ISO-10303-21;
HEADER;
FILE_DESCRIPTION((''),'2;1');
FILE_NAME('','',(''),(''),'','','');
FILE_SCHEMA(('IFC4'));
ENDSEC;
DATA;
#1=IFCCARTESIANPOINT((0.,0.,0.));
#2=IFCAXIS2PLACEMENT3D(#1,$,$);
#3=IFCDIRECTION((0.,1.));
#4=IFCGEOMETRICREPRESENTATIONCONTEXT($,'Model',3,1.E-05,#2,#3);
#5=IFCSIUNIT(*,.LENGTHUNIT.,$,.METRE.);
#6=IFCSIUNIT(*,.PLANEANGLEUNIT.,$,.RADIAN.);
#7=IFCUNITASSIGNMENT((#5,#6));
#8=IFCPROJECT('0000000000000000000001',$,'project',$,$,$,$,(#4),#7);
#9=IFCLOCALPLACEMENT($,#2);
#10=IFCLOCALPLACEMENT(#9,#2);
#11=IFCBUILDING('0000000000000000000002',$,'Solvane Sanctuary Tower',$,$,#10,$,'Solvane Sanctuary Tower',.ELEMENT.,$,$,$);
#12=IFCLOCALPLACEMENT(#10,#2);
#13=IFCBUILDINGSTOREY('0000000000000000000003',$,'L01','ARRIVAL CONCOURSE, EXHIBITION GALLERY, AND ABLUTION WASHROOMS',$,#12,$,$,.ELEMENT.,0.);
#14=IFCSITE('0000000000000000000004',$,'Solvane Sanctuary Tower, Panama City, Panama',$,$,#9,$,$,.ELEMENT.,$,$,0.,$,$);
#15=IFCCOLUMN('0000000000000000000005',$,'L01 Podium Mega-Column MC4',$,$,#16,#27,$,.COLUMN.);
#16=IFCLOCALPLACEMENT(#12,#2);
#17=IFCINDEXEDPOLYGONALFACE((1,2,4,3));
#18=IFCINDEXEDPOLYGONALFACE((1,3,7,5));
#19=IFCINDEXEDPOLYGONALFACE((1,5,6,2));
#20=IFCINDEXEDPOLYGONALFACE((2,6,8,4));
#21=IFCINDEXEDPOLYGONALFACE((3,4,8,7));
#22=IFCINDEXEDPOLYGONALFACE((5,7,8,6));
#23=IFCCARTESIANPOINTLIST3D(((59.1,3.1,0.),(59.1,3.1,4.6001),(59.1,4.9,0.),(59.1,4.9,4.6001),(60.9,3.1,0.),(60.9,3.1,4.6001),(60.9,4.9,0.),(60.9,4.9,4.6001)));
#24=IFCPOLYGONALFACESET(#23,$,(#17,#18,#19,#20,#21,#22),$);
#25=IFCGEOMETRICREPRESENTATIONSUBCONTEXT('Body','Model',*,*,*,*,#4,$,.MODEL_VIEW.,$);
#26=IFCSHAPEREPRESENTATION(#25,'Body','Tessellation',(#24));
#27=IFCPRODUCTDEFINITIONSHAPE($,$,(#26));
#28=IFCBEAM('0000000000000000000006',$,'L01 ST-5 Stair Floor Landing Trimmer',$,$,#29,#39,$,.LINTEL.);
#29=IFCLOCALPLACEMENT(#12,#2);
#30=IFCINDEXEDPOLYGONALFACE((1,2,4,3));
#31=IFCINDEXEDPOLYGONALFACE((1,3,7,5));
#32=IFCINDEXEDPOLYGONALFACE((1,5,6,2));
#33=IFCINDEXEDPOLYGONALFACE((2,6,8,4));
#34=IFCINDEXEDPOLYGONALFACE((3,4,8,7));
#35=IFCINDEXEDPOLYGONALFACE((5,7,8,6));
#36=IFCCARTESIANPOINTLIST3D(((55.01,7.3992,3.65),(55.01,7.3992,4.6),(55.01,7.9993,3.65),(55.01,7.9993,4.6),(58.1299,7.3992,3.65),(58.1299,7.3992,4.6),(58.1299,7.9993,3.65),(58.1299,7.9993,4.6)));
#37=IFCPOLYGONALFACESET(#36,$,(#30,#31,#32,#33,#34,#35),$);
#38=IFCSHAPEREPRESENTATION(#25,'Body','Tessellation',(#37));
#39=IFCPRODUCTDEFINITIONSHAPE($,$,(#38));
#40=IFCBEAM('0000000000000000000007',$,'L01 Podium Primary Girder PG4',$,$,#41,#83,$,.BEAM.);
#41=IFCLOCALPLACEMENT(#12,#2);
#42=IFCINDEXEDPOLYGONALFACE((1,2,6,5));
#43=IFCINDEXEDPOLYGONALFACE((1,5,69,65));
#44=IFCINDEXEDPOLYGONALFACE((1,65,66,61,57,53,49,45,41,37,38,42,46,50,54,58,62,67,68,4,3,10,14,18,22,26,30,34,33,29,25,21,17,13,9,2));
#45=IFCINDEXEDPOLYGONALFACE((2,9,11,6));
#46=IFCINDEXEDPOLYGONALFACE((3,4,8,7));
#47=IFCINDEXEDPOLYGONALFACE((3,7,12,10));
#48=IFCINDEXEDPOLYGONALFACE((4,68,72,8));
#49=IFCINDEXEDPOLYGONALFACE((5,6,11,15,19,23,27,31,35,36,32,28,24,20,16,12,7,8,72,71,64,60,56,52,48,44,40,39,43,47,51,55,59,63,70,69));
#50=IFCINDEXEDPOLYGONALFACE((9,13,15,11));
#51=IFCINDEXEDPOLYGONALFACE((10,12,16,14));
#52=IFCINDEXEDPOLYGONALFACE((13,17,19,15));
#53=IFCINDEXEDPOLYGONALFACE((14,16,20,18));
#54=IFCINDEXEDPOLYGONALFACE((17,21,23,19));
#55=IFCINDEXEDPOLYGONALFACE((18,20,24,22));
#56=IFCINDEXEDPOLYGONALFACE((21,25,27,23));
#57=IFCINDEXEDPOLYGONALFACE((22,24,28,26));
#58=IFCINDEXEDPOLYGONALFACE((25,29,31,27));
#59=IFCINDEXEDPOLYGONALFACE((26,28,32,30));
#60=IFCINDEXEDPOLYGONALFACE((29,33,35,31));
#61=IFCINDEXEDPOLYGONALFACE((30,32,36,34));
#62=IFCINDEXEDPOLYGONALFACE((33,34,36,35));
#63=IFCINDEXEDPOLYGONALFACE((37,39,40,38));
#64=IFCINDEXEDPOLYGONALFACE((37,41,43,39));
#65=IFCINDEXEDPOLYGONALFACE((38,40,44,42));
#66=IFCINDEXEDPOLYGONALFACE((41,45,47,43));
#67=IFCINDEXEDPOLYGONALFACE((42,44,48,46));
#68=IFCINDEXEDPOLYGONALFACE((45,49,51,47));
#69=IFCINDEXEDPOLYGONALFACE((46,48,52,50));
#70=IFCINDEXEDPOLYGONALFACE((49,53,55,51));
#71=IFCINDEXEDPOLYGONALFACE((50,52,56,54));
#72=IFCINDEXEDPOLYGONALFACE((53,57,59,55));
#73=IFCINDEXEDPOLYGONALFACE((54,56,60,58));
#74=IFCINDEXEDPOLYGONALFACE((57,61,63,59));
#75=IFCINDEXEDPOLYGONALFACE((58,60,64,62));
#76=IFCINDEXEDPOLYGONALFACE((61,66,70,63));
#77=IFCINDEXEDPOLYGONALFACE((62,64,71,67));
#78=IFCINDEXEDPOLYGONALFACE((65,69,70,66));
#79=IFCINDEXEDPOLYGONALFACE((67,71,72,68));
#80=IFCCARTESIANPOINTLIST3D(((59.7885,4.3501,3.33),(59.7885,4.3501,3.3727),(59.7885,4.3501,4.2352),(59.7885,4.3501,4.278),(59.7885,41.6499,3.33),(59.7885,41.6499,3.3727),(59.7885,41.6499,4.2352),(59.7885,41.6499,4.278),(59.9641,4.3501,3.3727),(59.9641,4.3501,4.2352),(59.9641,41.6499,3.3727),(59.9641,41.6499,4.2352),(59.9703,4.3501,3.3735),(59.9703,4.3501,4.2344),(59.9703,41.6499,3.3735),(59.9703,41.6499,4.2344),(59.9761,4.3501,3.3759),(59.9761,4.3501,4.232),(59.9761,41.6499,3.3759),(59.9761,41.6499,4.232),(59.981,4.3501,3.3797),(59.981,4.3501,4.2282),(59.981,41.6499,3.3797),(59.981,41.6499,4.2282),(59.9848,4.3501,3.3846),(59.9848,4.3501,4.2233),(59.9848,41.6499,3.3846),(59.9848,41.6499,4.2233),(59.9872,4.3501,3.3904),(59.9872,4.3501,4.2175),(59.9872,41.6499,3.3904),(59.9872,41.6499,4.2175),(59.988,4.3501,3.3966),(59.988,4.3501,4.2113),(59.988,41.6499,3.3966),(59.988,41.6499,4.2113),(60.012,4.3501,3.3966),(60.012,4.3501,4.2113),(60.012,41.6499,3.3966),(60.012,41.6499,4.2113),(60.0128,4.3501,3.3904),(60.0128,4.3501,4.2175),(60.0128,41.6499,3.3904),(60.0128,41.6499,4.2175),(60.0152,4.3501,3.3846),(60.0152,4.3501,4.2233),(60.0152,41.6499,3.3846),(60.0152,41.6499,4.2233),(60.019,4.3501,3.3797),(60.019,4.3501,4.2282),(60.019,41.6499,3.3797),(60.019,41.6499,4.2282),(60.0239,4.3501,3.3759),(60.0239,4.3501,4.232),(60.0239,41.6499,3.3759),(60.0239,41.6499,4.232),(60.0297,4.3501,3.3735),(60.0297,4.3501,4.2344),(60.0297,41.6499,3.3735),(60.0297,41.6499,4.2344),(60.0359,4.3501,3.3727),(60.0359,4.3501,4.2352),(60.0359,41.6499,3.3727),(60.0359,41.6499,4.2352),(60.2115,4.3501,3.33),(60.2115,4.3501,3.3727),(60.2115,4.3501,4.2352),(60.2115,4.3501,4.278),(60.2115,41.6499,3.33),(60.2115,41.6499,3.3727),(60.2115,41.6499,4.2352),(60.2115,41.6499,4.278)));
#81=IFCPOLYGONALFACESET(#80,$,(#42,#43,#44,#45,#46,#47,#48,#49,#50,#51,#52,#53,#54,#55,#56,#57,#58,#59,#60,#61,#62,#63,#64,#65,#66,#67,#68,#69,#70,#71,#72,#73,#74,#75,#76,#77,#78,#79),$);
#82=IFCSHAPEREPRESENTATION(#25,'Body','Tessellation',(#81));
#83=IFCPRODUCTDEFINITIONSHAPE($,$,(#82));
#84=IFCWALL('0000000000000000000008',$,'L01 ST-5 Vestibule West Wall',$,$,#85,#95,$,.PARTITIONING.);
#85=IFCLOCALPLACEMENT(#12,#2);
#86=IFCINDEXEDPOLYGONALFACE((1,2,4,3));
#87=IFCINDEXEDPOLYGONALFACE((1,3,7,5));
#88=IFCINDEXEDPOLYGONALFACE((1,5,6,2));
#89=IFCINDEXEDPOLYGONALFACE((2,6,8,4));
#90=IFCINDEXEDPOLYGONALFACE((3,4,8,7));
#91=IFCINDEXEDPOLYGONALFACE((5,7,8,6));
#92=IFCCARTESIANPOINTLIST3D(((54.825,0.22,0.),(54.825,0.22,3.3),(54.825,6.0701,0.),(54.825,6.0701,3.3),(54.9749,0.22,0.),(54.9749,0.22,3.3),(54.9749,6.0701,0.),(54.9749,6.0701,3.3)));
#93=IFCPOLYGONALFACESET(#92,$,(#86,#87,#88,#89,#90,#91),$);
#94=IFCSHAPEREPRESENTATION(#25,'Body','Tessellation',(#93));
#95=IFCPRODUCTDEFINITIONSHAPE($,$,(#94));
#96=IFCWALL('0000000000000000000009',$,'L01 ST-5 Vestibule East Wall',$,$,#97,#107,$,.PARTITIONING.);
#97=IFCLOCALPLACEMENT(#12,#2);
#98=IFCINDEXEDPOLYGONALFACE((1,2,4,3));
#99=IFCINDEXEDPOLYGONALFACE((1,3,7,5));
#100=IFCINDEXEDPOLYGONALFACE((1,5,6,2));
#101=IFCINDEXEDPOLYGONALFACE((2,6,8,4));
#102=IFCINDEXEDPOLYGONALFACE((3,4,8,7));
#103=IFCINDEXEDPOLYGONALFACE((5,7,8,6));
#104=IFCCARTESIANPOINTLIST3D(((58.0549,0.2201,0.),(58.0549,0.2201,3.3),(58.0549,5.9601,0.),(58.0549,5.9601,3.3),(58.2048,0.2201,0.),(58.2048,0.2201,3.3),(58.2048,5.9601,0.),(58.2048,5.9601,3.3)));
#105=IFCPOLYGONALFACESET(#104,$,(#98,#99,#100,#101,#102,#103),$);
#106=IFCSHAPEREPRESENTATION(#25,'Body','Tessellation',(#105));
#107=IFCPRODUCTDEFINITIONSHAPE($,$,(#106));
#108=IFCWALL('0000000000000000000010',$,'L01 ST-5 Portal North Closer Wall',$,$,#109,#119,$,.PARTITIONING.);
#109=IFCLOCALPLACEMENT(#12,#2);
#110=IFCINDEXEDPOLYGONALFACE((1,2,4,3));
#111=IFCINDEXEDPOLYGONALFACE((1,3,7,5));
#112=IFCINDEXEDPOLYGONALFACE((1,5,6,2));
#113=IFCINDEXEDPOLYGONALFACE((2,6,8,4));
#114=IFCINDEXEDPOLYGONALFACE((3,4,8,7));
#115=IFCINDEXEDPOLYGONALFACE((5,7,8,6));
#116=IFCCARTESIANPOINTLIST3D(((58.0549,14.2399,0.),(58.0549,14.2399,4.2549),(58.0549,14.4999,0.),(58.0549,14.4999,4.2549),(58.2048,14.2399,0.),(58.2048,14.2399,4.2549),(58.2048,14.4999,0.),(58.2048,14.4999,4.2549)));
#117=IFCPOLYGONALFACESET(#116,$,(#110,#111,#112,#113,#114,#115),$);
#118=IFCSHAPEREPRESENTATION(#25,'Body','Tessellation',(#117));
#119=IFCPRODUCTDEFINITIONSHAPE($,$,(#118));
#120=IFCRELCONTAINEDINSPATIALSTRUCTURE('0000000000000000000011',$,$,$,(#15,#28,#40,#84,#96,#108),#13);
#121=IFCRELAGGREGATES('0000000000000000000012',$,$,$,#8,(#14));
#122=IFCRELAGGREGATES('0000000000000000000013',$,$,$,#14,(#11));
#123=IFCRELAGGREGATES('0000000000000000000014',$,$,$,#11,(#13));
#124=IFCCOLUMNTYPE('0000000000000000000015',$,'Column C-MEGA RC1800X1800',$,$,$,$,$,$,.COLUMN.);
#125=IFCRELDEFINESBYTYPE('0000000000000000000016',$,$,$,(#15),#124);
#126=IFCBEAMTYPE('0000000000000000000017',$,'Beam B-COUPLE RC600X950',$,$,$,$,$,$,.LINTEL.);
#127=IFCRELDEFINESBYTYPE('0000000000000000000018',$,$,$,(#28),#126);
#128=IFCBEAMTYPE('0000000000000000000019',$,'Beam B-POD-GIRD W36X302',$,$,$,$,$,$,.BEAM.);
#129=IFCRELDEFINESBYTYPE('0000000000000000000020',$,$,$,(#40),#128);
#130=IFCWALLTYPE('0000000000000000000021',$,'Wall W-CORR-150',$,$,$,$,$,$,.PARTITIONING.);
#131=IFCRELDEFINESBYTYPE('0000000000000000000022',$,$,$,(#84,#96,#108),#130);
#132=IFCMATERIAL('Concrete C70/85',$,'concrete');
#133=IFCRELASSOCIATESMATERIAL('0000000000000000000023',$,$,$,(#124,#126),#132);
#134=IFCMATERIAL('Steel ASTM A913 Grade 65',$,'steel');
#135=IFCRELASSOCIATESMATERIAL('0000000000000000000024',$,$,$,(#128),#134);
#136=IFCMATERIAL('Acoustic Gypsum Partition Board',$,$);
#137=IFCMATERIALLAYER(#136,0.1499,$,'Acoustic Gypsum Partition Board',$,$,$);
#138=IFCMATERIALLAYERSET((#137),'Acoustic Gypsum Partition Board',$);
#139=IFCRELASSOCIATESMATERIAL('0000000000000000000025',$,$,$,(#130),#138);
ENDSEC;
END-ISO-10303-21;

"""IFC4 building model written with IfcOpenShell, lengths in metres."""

from ifc_helpers import new_model, si_unit, direction, frame, frame_2d, origin, origin_2d, place, context, subcontext, project, spatial, rectangle, i_section, extrude, material, layer, layer_set, material_profile, profile_set, type_object, element, save


model = new_model("IFC4")

# Units and contexts
model_context = context("Model", 3, precision=1e-05, world=origin(), true_north=direction((0.0, 1.0)))
body_context = subcontext(model_context, "Body", "Model", "MODEL_VIEW")
ifc_project = project(units=[si_unit("LENGTHUNIT", "METRE"), si_unit("PLANEANGLEUNIT", "RADIAN")], contexts=[model_context])

# Site, building, storey
site_placement = place(None, origin())
site = spatial("IfcSite", under=ifc_project, at=site_placement, Name="Solvane Sanctuary Tower, Panama City, Panama", CompositionType="ELEMENT", RefElevation=0.0)
building_placement = place(site_placement, origin())
building = spatial("IfcBuilding", under=site, at=building_placement, Name="Solvane Sanctuary Tower", LongName="Solvane Sanctuary Tower", CompositionType="ELEMENT")
storey_placement = place(building_placement, origin())
storey = spatial("IfcBuildingStorey", under=building, at=storey_placement, Name="L01", Description="ARRIVAL CONCOURSE, EXHIBITION GALLERY, AND ABLUTION WASHROOMS", CompositionType="ELEMENT", Elevation=0.0)

# Column
ifc_material_1 = material(Name="Concrete C70/85", Category="concrete")
ifc_material_profile_1 = material_profile(ifc_material_1, rectangle(XDim=1.8, YDim=1.8, at=origin_2d()), Name="RC1800X1800")
ifc_profile_set_1 = profile_set([ifc_material_profile_1], Name="Concrete C70/85")
column_type = type_object("IfcColumnType", Name="Column C-MEGA RC1800X1800", PredefinedType="COLUMN", material=ifc_profile_set_1)
column_placement = place(storey_placement, frame((60.0, 4.0, 0.0), z_axis=(0.0, 0.0, 1.0), x_axis=(1.0, 0.0, 0.0)))
element("IfcColumn", 1, at=column_placement, inside=storey, type_object=column_type, Name="L01 Podium Mega-Column MC4", PredefinedType="COLUMN", context=body_context, shape_type="SweptSolid", body=[
    extrude(rectangle(XDim=1.8, YDim=1.8, at=origin_2d()), origin(), (0.0, 0.0, 1.0), 4.6001),
])

# Beams
ifc_material_profile_2 = material_profile(ifc_material_1, rectangle(XDim=0.6001, YDim=0.95, at=origin_2d()), Name="RC600X950")
ifc_profile_set_2 = profile_set([ifc_material_profile_2], Name="Concrete C70/85")
beam_type_1 = type_object("IfcBeamType", Name="Beam B-COUPLE RC600X950", PredefinedType="LINTEL", material=ifc_profile_set_2)
beam_1_placement = place(storey_placement, frame((55.01, 7.6992, 4.125), z_axis=(1.0, 0.0, 0.0), x_axis=(0.0, 1.0, 0.0)))
element("IfcBeam", 2, at=beam_1_placement, inside=storey, type_object=beam_type_1, Name="L01 ST-5 Stair Floor Landing Trimmer", PredefinedType="LINTEL", context=body_context, shape_type="SweptSolid", body=[
    extrude(rectangle(XDim=0.6001, YDim=0.95, at=origin_2d()), origin(), (0.0, 0.0, 1.0), 3.1199),
])
ifc_material_2 = material(Name="Steel ASTM A913 Grade 65", Category="steel")
ifc_material_profile_3 = material_profile(ifc_material_2, i_section(OverallWidth=0.4231, OverallDepth=0.948, WebThickness=0.0239, FlangeThickness=0.0427, FilletRadius=0.0239, at=origin_2d()), Name="W36X302")
ifc_profile_set_3 = profile_set([ifc_material_profile_3], Name="Steel ASTM A913 Grade 65")
beam_type_2 = type_object("IfcBeamType", Name="Beam B-POD-GIRD W36X302", PredefinedType="BEAM", material=ifc_profile_set_3)
beam_2_placement = place(storey_placement, frame((60.0, 4.3501, 3.804), z_axis=(0.0, 1.0, 0.0), x_axis=(-1.0, 0.0, 0.0)))
element("IfcBeam", 3, at=beam_2_placement, inside=storey, type_object=beam_type_2, Name="L01 Podium Primary Girder PG4", PredefinedType="BEAM", context=body_context, shape_type="SweptSolid", body=[
    extrude(i_section(OverallWidth=0.4231, OverallDepth=0.948, WebThickness=0.0239, FlangeThickness=0.0427, FilletRadius=0.0239, at=origin_2d()), origin(), (0.0, 0.0, 1.0), 37.2998),
])

# Walls
ifc_material_3 = material(Name="Acoustic Gypsum Partition Board")
ifc_layer_1 = layer(ifc_material_3, 0.1499, Name="Acoustic Gypsum Partition Board")
ifc_layer_set_1 = layer_set([ifc_layer_1], Name="Acoustic Gypsum Partition Board")
wall_type_1 = type_object("IfcWallType", Name="Wall W-CORR-150", PredefinedType="PARTITIONING", material=ifc_layer_set_1)
wall_1_placement = place(storey_placement, frame((54.8999, 0.22, 0.0), z_axis=(0.0, 0.0, 1.0), x_axis=(0.0, 1.0, 0.0)))
element("IfcWall", 4, at=wall_1_placement, inside=storey, type_object=wall_type_1, Name="L01 ST-5 Vestibule West Wall", PredefinedType="PARTITIONING", context=body_context, shape_type="SweptSolid", body=[
    extrude(rectangle(XDim=5.8501, YDim=0.1499, at=frame_2d((2.925, 0.0))), origin(), (0.0, 0.0, 1.0), 3.3),
])
wall_2_placement = place(storey_placement, frame((58.1299, 0.22, 0.0), z_axis=(0.0, 0.0, 1.0), x_axis=(0.0, 1.0, 0.0)))
element("IfcWall", 5, at=wall_2_placement, inside=storey, type_object=wall_type_1, Name="L01 ST-5 Vestibule East Wall", PredefinedType="PARTITIONING", context=body_context, shape_type="SweptSolid", body=[
    extrude(rectangle(XDim=5.74, YDim=0.1499, at=frame_2d((2.8701, 0.0))), origin(), (0.0, 0.0, 1.0), 3.3),
])
wall_3_placement = place(storey_placement, frame((58.1299, 14.24, 0.0), z_axis=(0.0, 0.0, 1.0), x_axis=(0.0, 1.0, 0.0)))
element("IfcWall", 6, at=wall_3_placement, inside=storey, type_object=wall_type_1, Name="L01 ST-5 Portal North Closer Wall", PredefinedType="PARTITIONING", context=body_context, shape_type="SweptSolid", body=[
    extrude(rectangle(XDim=0.26, YDim=0.1499, at=frame_2d((0.1299, 0.0))), origin(), (0.0, 0.0, 1.0), 4.2549),
])

save(model, "model.ifc")
